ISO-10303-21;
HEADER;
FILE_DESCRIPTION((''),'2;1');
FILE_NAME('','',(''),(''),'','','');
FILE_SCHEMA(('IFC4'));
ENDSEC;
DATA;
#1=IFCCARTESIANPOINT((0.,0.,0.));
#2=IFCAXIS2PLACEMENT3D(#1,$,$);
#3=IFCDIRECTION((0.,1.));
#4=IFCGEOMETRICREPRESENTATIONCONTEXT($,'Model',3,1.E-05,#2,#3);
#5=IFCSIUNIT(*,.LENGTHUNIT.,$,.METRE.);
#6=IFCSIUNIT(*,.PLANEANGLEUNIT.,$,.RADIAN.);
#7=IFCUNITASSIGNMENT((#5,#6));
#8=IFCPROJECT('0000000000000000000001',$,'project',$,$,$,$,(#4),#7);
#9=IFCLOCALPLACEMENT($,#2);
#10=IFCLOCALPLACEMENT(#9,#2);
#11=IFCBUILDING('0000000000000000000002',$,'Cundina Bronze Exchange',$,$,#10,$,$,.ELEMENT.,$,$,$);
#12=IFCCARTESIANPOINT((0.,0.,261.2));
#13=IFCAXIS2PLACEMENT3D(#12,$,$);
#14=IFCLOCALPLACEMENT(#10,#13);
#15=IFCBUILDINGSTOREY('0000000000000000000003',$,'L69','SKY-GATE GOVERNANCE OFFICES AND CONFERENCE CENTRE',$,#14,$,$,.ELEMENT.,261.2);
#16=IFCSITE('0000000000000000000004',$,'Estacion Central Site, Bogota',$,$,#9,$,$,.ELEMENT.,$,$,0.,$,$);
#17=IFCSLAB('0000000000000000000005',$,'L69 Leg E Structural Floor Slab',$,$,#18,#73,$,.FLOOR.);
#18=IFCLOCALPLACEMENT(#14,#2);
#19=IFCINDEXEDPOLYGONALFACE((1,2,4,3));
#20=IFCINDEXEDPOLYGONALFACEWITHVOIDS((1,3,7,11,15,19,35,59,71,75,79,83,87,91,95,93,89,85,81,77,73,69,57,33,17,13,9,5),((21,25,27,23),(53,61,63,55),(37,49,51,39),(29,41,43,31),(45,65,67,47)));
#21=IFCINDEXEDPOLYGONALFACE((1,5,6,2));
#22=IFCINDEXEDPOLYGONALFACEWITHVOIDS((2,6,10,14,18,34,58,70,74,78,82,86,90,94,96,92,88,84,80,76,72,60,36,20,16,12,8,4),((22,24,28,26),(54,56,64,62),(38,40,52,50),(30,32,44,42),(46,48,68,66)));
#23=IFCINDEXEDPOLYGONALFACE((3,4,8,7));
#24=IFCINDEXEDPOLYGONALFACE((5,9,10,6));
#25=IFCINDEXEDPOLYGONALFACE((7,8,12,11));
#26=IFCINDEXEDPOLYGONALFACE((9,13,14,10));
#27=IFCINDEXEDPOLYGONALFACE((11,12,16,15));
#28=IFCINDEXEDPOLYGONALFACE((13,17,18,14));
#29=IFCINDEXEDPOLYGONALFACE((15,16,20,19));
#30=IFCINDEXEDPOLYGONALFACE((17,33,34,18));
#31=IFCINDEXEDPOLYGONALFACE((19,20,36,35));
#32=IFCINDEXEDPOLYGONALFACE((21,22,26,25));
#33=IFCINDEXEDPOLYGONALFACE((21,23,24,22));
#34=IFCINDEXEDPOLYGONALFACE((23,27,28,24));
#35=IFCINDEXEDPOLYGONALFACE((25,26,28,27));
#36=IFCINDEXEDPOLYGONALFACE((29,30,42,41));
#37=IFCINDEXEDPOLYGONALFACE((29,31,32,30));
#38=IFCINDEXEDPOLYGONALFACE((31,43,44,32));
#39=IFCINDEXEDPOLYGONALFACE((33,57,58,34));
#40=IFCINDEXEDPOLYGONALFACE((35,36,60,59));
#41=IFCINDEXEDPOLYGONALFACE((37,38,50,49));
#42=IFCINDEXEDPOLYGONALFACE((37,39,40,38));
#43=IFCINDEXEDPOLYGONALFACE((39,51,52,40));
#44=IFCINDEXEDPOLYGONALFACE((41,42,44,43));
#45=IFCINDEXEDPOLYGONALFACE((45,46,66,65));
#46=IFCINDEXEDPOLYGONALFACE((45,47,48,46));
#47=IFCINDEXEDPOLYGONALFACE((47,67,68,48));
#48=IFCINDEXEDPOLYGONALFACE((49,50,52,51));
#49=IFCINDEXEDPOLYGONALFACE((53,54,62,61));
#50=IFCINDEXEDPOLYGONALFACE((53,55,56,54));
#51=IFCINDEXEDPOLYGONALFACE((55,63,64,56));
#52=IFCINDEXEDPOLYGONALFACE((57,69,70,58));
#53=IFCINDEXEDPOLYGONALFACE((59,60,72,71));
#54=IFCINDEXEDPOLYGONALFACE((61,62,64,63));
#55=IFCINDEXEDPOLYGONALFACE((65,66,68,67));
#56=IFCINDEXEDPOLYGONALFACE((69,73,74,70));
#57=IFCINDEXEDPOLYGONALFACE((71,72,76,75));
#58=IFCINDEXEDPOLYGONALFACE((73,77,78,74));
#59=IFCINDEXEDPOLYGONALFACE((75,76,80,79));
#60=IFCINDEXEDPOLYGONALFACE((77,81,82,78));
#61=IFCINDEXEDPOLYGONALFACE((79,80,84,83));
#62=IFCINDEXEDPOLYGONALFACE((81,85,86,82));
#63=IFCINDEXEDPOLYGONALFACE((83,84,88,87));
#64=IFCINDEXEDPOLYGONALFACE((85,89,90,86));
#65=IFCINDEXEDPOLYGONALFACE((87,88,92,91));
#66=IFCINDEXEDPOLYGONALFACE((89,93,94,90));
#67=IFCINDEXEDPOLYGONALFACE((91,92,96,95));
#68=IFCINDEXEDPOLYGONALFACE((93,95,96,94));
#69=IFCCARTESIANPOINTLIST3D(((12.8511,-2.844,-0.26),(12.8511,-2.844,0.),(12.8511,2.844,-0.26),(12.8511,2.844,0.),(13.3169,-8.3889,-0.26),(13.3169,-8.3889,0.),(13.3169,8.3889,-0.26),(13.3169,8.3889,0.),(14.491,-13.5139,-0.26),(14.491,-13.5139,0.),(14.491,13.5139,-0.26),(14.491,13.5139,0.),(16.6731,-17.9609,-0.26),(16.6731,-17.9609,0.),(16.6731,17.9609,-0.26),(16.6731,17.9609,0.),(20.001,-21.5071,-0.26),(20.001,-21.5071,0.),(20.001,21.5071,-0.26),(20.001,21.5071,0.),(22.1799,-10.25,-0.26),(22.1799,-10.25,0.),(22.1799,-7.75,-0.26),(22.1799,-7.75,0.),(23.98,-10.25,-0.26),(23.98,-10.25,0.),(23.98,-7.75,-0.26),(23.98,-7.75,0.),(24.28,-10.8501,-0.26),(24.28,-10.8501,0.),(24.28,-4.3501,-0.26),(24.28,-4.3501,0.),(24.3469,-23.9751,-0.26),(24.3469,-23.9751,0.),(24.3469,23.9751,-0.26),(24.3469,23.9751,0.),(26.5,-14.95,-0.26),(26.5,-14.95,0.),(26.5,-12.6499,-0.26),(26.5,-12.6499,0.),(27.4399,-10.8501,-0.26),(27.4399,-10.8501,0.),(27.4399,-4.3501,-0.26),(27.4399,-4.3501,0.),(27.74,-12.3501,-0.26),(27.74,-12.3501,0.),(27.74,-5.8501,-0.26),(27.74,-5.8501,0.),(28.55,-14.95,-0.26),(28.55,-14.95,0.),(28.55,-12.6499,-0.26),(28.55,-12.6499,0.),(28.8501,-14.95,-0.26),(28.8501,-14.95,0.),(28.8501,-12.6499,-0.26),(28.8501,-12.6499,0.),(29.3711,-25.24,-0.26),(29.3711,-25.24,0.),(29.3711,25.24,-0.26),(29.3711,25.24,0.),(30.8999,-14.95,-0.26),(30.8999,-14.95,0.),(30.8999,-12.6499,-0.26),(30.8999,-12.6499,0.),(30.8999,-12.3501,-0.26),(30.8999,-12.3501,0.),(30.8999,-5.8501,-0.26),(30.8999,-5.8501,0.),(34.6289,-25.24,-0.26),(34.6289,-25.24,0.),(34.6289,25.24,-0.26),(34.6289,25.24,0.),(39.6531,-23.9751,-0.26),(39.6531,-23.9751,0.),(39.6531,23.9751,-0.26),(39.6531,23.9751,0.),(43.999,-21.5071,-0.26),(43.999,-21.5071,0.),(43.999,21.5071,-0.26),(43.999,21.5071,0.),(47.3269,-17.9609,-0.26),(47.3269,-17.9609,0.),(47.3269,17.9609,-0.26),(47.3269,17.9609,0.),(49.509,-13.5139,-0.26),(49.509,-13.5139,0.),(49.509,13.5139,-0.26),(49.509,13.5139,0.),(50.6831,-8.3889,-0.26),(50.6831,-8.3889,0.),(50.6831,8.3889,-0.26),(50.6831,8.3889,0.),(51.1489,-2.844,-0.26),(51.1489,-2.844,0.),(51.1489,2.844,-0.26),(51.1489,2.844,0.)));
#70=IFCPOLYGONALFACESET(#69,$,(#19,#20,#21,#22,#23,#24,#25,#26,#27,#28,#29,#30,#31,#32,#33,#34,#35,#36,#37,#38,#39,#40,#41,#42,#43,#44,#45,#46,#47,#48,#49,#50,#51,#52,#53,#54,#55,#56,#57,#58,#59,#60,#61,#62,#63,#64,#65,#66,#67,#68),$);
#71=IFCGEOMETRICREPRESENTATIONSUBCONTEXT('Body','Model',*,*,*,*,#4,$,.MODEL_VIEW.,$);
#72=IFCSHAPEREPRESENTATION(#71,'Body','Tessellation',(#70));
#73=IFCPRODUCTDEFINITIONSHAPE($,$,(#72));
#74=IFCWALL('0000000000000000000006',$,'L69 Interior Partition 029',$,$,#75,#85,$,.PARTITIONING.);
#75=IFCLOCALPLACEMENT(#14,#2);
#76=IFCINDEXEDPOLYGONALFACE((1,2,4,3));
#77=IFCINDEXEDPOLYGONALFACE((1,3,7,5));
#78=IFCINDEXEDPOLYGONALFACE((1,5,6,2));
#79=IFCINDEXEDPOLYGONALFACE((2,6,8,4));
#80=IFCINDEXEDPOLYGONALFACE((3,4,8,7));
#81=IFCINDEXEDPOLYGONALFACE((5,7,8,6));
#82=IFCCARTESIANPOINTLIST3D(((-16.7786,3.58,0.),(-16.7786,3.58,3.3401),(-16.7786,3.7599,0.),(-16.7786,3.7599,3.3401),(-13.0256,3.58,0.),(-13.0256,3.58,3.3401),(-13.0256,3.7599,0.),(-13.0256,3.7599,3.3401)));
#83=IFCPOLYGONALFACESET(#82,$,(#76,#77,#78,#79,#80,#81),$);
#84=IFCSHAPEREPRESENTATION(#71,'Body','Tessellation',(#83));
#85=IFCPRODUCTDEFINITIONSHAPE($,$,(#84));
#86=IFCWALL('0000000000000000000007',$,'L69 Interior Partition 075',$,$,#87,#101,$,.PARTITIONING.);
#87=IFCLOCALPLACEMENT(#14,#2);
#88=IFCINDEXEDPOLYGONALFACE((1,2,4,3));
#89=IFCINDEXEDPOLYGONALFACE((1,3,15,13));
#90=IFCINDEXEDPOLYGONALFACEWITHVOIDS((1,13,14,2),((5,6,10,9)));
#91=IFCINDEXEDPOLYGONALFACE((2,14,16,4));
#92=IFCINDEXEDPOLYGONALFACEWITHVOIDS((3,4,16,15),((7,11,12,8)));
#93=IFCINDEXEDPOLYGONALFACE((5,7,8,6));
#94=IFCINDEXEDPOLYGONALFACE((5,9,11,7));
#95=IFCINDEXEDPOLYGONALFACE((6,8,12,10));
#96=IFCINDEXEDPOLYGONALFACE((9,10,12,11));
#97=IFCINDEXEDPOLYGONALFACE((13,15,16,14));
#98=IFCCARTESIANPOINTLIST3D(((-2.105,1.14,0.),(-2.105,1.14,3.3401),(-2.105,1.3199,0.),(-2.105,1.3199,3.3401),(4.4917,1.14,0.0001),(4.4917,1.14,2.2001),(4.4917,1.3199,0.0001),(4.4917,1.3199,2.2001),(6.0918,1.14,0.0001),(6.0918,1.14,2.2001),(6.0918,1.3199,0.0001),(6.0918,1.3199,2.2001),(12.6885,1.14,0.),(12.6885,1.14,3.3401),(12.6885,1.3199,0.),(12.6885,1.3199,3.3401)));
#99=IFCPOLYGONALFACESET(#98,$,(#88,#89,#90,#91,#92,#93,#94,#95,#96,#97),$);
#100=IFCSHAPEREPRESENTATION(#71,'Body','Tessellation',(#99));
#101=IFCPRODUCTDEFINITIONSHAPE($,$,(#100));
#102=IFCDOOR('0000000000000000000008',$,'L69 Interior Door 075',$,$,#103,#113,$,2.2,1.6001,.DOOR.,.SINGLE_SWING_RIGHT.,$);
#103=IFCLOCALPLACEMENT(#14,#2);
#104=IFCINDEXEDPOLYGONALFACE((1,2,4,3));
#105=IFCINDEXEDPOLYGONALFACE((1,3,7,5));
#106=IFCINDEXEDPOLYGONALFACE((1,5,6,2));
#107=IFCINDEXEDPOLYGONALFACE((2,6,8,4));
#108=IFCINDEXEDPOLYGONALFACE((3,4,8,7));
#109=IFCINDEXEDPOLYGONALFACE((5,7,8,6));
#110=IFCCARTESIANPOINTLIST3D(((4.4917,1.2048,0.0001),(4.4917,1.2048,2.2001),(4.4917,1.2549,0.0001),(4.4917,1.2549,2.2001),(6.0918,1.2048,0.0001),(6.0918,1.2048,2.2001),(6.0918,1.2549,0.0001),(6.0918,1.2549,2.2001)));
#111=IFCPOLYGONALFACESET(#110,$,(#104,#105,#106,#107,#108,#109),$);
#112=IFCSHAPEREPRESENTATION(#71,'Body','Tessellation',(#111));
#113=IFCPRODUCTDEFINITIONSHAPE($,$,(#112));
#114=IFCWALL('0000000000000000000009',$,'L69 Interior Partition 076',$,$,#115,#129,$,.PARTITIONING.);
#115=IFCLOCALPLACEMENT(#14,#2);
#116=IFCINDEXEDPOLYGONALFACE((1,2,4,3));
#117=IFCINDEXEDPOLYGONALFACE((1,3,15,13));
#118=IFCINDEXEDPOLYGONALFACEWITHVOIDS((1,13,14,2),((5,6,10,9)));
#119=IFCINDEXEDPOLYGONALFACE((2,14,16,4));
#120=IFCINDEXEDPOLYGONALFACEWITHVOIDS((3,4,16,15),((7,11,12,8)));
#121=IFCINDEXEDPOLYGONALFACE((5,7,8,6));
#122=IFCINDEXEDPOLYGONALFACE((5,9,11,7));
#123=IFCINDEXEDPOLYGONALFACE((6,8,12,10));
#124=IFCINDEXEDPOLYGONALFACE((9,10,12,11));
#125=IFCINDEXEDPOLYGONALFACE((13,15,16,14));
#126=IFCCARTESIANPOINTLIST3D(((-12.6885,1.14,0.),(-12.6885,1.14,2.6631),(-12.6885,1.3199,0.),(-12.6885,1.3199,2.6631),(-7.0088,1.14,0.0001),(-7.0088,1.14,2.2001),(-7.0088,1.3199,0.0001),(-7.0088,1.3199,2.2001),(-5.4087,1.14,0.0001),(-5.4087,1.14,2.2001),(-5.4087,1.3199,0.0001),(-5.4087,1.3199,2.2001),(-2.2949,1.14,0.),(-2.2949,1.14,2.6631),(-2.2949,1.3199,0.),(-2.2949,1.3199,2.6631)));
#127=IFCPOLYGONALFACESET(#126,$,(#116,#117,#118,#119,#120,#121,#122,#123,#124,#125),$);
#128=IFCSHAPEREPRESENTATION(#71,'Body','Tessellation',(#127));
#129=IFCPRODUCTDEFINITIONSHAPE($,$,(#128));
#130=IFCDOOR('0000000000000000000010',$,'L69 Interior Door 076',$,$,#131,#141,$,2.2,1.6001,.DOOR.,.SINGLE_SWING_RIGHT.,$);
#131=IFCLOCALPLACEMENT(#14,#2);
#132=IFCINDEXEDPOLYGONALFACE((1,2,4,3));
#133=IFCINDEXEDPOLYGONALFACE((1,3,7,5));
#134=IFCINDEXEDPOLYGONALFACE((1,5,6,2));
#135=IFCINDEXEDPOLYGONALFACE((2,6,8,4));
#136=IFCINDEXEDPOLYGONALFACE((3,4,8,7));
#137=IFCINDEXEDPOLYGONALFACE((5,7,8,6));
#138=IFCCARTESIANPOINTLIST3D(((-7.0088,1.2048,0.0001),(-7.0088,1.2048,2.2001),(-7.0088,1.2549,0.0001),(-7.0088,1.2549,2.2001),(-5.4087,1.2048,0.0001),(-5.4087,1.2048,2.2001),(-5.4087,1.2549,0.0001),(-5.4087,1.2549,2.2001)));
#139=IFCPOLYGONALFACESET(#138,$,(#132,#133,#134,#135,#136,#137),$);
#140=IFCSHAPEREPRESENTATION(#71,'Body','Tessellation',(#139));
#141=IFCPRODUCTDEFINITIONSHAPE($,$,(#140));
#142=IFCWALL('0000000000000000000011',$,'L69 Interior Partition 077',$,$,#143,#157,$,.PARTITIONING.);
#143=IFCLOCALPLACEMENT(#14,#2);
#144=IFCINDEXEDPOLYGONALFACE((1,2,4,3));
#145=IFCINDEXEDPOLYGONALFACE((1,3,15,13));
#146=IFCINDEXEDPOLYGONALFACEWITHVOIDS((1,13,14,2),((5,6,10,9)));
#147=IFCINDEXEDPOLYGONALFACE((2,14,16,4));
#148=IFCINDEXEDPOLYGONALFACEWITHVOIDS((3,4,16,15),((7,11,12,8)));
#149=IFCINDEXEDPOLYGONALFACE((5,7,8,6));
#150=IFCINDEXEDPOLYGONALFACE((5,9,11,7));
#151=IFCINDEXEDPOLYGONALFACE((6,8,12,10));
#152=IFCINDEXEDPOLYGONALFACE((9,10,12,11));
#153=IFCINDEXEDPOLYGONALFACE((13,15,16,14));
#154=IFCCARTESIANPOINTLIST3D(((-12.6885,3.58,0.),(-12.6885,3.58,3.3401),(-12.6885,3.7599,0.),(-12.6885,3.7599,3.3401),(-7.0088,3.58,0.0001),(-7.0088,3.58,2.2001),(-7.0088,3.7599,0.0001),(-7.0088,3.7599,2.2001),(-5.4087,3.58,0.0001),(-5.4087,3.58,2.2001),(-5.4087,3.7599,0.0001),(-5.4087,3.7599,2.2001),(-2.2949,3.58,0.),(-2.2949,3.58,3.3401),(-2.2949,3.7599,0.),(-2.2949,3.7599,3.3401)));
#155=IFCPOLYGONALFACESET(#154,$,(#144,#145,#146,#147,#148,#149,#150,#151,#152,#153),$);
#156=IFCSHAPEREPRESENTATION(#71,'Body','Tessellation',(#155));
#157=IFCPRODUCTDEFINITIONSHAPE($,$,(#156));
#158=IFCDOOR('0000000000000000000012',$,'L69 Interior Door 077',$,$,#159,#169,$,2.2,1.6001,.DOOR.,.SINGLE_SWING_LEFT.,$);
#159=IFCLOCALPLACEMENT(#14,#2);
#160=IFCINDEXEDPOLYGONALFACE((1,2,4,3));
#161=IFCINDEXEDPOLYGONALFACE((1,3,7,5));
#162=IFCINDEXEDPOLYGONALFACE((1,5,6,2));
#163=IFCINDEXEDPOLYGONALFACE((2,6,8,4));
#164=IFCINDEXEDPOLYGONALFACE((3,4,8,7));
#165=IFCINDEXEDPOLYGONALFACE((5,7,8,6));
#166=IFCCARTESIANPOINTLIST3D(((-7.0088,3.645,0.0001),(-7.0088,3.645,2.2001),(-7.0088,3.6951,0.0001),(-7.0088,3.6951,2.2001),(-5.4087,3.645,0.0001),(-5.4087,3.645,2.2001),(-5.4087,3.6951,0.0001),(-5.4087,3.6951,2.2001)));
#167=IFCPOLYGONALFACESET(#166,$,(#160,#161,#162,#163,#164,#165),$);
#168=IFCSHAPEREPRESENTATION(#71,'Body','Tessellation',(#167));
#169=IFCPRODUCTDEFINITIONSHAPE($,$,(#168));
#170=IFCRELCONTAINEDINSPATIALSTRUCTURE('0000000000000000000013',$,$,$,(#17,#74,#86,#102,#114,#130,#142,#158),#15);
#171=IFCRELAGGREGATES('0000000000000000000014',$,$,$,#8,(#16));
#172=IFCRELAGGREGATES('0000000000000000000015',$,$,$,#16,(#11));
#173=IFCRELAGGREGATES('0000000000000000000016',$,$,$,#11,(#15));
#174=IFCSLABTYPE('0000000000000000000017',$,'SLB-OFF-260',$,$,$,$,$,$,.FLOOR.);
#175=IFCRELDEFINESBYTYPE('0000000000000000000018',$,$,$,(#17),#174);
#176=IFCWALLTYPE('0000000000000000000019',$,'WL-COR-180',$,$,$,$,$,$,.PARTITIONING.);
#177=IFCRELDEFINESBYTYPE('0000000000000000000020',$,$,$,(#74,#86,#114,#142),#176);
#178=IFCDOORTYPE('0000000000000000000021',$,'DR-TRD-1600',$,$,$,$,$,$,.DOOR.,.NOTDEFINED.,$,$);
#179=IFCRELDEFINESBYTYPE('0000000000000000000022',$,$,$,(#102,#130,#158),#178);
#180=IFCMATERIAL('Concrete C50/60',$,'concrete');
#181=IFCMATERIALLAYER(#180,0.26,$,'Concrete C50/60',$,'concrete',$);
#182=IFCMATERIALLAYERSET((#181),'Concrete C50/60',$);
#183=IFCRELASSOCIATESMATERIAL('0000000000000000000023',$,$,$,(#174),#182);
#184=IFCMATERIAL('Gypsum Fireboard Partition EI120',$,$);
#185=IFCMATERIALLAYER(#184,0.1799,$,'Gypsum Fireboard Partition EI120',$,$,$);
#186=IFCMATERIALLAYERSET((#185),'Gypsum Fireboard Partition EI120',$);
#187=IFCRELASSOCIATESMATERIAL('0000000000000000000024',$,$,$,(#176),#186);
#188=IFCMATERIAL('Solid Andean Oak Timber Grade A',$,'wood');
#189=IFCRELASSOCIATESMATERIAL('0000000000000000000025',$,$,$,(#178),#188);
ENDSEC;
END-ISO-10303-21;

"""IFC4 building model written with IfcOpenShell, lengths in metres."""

from ifc_helpers import new_model, si_unit, direction, frame, frame_2d, origin, place, context, subcontext, project, spatial, polyline, rectangle, outline, extrude, material, layer, layer_set, type_object, element, fill, save


model = new_model("IFC4")

# Units and contexts
model_context = context("Model", 3, precision=1e-05, world=origin(), true_north=direction((0.0, 1.0)))
body_context = subcontext(model_context, "Body", "Model", "MODEL_VIEW")
ifc_project = project(units=[si_unit("LENGTHUNIT", "METRE"), si_unit("PLANEANGLEUNIT", "RADIAN")], contexts=[model_context])

# Site, building, storey
site_placement = place(None, origin())
site = spatial("IfcSite", under=ifc_project, at=site_placement, Name="Estacion Central Site, Bogota", CompositionType="ELEMENT", RefElevation=0.0)
building_placement = place(site_placement, origin())
building = spatial("IfcBuilding", under=site, at=building_placement, Name="Cundina Bronze Exchange", CompositionType="ELEMENT")
storey_placement = place(building_placement, frame((0.0, 0.0, 261.2)))
storey = spatial("IfcBuildingStorey", under=building, at=storey_placement, Name="L69", Description="SKY-GATE GOVERNANCE OFFICES AND CONFERENCE CENTRE", CompositionType="ELEMENT", Elevation=261.2)

# Shared definitions
ifc_material_1 = material(Name="Concrete C50/60", Category="concrete")

# Slab
ifc_layer_1 = layer(ifc_material_1, 0.26, Name="Concrete C50/60", Category="concrete")
ifc_layer_set_1 = layer_set([ifc_layer_1], Name="Concrete C50/60")
slab_type = type_object("IfcSlabType", Name="SLB-OFF-260", PredefinedType="FLOOR", material=ifc_layer_set_1)
slab_1_placement = place(storey_placement, frame((0.0, 0.0, -0.26)))
element("IfcSlab", 1, at=slab_1_placement, inside=storey, type_object=slab_type, Name="L69 Leg E Structural Floor Slab", PredefinedType="FLOOR", context=body_context, shape_type="SweptSolid", body=[
    extrude(outline(polyline([(51.1489, 2.844), (50.6831, 8.3889), (49.509, 13.5139), (47.3269, 17.9609), (43.999, 21.5071), (39.6531, 23.9751), (34.6289, 25.24), (29.3711, 25.24), (24.3469, 23.9751), (20.001, 21.5071), (16.6731, 17.9609), (14.491, 13.5139), (13.3169, 8.3889), (12.8511, 2.844), (12.8511, -2.844), (13.3169, -8.3889), (14.491, -13.5139), (16.6731, -17.9609), (20.001, -21.5071), (24.3469, -23.9751), (29.3711, -25.24), (34.6289, -25.24), (39.6531, -23.9751), (43.999, -21.5071), (47.3269, -17.9609), (49.509, -13.5139), (50.6831, -8.3889), (51.1489, -2.844), (51.1489, 2.844)]), holes=[polyline([(27.74, -5.8501), (27.74, -12.3501), (30.8999, -12.3501), (30.8999, -5.8501), (27.74, -5.8501)]), polyline([(27.4399, -10.8501), (27.4399, -4.3501), (24.28, -4.3501), (24.28, -10.8501), (27.4399, -10.8501)]), polyline([(22.1799, -7.75), (23.98, -7.75), (23.98, -10.25), (22.1799, -10.25), (22.1799, -7.75)]), polyline([(28.8501, -12.6499), (30.8999, -12.6499), (30.8999, -14.95), (28.8501, -14.95), (28.8501, -12.6499)]), polyline([(26.5, -12.6499), (28.55, -12.6499), (28.55, -14.95), (26.5, -14.95), (26.5, -12.6499)])]), origin(), (0.0, 0.0, 1.0), 0.26),
])

# Wall
ifc_material_2 = material(Name="Gypsum Fireboard Partition EI120")
ifc_layer_2 = layer(ifc_material_2, 0.1799, Name="Gypsum Fireboard Partition EI120")
ifc_layer_set_2 = layer_set([ifc_layer_2], Name="Gypsum Fireboard Partition EI120")
wall_type = type_object("IfcWallType", Name="WL-COR-180", PredefinedType="PARTITIONING", material=ifc_layer_set_2)
wall_1_placement = place(storey_placement, frame((-13.0256, 3.6699, 0.0), z_axis=(0.0, 0.0, 1.0), x_axis=(-1.0, 0.0, 0.0)))
element("IfcWall", 2, at=wall_1_placement, inside=storey, type_object=wall_type, Name="L69 Interior Partition 029", PredefinedType="PARTITIONING", context=body_context, shape_type="SweptSolid", body=[
    extrude(rectangle(XDim=3.7529, YDim=0.1799, at=frame_2d((1.8765, 0.0))), origin(), (0.0, 0.0, 1.0), 3.3401),
])

# Walls, openings, doors
wall_2_placement = place(storey_placement, frame((-2.105, 1.23, 0.0), z_axis=(0.0, 0.0, 1.0), x_axis=(1.0, 0.0, 0.0)))
wall_2 = element("IfcWall", 3, at=wall_2_placement, inside=storey, type_object=wall_type, Name="L69 Interior Partition 075", PredefinedType="PARTITIONING", context=body_context, shape_type="SweptSolid", body=[
    extrude(rectangle(XDim=14.7935, YDim=0.1799, at=frame_2d((7.3967, 0.0))), origin(), (0.0, 0.0, 1.0), 3.3401),
])
opening_1_placement = place(wall_2_placement, frame((6.5967, 0.0, 0.0)))
opening_1 = element("IfcOpeningElement", 4, at=opening_1_placement, cuts=wall_2, PredefinedType="OPENING", context=body_context, shape_type="SweptSolid", body=[
    extrude(rectangle(XDim=1.6001, YDim=2.2, at=frame_2d((0.8, 1.1001))), frame((0.0, 0.0999, 0.0), z_axis=(0.0, -1.0, 0.0), x_axis=(1.0, 0.0, 0.0)), (0.0, 0.0, 1.0), 0.2),
])
ifc_material_3 = material(Name="Solid Andean Oak Timber Grade A", Category="wood")
door_type_1 = type_object("IfcDoorType", Name="DR-TRD-1600", OperationType="NOTDEFINED", PredefinedType="DOOR", material=ifc_material_3)
door_1_placement = place(opening_1_placement, origin())
door_1 = element("IfcDoor", 5, at=door_1_placement, inside=storey, type_object=door_type_1, Name="L69 Interior Door 075", OperationType="SINGLE_SWING_RIGHT", OverallHeight=2.2, OverallWidth=1.6001, PredefinedType="DOOR", context=body_context, shape_type="SweptSolid", body=[
    extrude(rectangle(XDim=1.6001, YDim=2.2, at=frame_2d((0.8, 1.1001))), frame((0.0, 0.0249, 0.0), z_axis=(0.0, -1.0, 0.0), x_axis=(1.0, 0.0, 0.0)), (0.0, 0.0, 1.0), 0.05),
])
fill(opening_1, door_1)
wall_3_placement = place(storey_placement, frame((-12.6885, 1.23, 0.0), z_axis=(0.0, 0.0, 1.0), x_axis=(1.0, 0.0, 0.0)))
wall_3 = element("IfcWall", 6, at=wall_3_placement, inside=storey, type_object=wall_type, Name="L69 Interior Partition 076", PredefinedType="PARTITIONING", context=body_context, shape_type="SweptSolid", body=[
    extrude(rectangle(XDim=10.3936, YDim=0.1799, at=frame_2d((5.1968, 0.0))), origin(), (0.0, 0.0, 1.0), 2.6631),
])
opening_2_placement = place(wall_3_placement, frame((5.6797, 0.0, 0.0)))
opening_2 = element("IfcOpeningElement", 7, at=opening_2_placement, cuts=wall_3, PredefinedType="OPENING", context=body_context, shape_type="SweptSolid", body=[
    extrude(rectangle(XDim=1.6001, YDim=2.2, at=frame_2d((0.8, 1.1001))), frame((0.0, 0.0999, 0.0), z_axis=(0.0, -1.0, 0.0), x_axis=(1.0, 0.0, 0.0)), (0.0, 0.0, 1.0), 0.2),
])
door_2_placement = place(opening_2_placement, origin())
door_2 = element("IfcDoor", 8, at=door_2_placement, inside=storey, type_object=door_type_1, Name="L69 Interior Door 076", OperationType="SINGLE_SWING_RIGHT", OverallHeight=2.2, OverallWidth=1.6001, PredefinedType="DOOR", context=body_context, shape_type="SweptSolid", body=[
    extrude(rectangle(XDim=1.6001, YDim=2.2, at=frame_2d((0.8, 1.1001))), frame((0.0, 0.0249, 0.0), z_axis=(0.0, -1.0, 0.0), x_axis=(1.0, 0.0, 0.0)), (0.0, 0.0, 1.0), 0.05),
])
fill(opening_2, door_2)
wall_4_placement = place(storey_placement, frame((-2.2949, 3.6699, 0.0), z_axis=(0.0, 0.0, 1.0), x_axis=(-1.0, 0.0, 0.0)))
wall_4 = element("IfcWall", 9, at=wall_4_placement, inside=storey, type_object=wall_type, Name="L69 Interior Partition 077", PredefinedType="PARTITIONING", context=body_context, shape_type="SweptSolid", body=[
    extrude(rectangle(XDim=10.3936, YDim=0.1799, at=frame_2d((5.1968, 0.0))), origin(), (0.0, 0.0, 1.0), 3.3401),
])
opening_3_placement = place(wall_4_placement, frame((3.1138, 0.0, 0.0)))
opening_3 = element("IfcOpeningElement", 10, at=opening_3_placement, cuts=wall_4, PredefinedType="OPENING", context=body_context, shape_type="SweptSolid", body=[
    extrude(rectangle(XDim=1.6001, YDim=2.2, at=frame_2d((0.8, 1.1001))), frame((0.0, 0.0999, 0.0), z_axis=(0.0, -1.0, 0.0), x_axis=(1.0, 0.0, 0.0)), (0.0, 0.0, 1.0), 0.2),
])
door_3_placement = place(opening_3_placement, origin())
door_3 = element("IfcDoor", 11, at=door_3_placement, inside=storey, type_object=door_type_1, Name="L69 Interior Door 077", OperationType="SINGLE_SWING_LEFT", OverallHeight=2.2, OverallWidth=1.6001, PredefinedType="DOOR", context=body_context, shape_type="SweptSolid", body=[
    extrude(rectangle(XDim=1.6001, YDim=2.2, at=frame_2d((0.8, 1.1001))), frame((0.0, 0.0249, 0.0), z_axis=(0.0, -1.0, 0.0), x_axis=(1.0, 0.0, 0.0)), (0.0, 0.0, 1.0), 0.05),
])
fill(opening_3, door_3)

save(model, "model.ifc")
